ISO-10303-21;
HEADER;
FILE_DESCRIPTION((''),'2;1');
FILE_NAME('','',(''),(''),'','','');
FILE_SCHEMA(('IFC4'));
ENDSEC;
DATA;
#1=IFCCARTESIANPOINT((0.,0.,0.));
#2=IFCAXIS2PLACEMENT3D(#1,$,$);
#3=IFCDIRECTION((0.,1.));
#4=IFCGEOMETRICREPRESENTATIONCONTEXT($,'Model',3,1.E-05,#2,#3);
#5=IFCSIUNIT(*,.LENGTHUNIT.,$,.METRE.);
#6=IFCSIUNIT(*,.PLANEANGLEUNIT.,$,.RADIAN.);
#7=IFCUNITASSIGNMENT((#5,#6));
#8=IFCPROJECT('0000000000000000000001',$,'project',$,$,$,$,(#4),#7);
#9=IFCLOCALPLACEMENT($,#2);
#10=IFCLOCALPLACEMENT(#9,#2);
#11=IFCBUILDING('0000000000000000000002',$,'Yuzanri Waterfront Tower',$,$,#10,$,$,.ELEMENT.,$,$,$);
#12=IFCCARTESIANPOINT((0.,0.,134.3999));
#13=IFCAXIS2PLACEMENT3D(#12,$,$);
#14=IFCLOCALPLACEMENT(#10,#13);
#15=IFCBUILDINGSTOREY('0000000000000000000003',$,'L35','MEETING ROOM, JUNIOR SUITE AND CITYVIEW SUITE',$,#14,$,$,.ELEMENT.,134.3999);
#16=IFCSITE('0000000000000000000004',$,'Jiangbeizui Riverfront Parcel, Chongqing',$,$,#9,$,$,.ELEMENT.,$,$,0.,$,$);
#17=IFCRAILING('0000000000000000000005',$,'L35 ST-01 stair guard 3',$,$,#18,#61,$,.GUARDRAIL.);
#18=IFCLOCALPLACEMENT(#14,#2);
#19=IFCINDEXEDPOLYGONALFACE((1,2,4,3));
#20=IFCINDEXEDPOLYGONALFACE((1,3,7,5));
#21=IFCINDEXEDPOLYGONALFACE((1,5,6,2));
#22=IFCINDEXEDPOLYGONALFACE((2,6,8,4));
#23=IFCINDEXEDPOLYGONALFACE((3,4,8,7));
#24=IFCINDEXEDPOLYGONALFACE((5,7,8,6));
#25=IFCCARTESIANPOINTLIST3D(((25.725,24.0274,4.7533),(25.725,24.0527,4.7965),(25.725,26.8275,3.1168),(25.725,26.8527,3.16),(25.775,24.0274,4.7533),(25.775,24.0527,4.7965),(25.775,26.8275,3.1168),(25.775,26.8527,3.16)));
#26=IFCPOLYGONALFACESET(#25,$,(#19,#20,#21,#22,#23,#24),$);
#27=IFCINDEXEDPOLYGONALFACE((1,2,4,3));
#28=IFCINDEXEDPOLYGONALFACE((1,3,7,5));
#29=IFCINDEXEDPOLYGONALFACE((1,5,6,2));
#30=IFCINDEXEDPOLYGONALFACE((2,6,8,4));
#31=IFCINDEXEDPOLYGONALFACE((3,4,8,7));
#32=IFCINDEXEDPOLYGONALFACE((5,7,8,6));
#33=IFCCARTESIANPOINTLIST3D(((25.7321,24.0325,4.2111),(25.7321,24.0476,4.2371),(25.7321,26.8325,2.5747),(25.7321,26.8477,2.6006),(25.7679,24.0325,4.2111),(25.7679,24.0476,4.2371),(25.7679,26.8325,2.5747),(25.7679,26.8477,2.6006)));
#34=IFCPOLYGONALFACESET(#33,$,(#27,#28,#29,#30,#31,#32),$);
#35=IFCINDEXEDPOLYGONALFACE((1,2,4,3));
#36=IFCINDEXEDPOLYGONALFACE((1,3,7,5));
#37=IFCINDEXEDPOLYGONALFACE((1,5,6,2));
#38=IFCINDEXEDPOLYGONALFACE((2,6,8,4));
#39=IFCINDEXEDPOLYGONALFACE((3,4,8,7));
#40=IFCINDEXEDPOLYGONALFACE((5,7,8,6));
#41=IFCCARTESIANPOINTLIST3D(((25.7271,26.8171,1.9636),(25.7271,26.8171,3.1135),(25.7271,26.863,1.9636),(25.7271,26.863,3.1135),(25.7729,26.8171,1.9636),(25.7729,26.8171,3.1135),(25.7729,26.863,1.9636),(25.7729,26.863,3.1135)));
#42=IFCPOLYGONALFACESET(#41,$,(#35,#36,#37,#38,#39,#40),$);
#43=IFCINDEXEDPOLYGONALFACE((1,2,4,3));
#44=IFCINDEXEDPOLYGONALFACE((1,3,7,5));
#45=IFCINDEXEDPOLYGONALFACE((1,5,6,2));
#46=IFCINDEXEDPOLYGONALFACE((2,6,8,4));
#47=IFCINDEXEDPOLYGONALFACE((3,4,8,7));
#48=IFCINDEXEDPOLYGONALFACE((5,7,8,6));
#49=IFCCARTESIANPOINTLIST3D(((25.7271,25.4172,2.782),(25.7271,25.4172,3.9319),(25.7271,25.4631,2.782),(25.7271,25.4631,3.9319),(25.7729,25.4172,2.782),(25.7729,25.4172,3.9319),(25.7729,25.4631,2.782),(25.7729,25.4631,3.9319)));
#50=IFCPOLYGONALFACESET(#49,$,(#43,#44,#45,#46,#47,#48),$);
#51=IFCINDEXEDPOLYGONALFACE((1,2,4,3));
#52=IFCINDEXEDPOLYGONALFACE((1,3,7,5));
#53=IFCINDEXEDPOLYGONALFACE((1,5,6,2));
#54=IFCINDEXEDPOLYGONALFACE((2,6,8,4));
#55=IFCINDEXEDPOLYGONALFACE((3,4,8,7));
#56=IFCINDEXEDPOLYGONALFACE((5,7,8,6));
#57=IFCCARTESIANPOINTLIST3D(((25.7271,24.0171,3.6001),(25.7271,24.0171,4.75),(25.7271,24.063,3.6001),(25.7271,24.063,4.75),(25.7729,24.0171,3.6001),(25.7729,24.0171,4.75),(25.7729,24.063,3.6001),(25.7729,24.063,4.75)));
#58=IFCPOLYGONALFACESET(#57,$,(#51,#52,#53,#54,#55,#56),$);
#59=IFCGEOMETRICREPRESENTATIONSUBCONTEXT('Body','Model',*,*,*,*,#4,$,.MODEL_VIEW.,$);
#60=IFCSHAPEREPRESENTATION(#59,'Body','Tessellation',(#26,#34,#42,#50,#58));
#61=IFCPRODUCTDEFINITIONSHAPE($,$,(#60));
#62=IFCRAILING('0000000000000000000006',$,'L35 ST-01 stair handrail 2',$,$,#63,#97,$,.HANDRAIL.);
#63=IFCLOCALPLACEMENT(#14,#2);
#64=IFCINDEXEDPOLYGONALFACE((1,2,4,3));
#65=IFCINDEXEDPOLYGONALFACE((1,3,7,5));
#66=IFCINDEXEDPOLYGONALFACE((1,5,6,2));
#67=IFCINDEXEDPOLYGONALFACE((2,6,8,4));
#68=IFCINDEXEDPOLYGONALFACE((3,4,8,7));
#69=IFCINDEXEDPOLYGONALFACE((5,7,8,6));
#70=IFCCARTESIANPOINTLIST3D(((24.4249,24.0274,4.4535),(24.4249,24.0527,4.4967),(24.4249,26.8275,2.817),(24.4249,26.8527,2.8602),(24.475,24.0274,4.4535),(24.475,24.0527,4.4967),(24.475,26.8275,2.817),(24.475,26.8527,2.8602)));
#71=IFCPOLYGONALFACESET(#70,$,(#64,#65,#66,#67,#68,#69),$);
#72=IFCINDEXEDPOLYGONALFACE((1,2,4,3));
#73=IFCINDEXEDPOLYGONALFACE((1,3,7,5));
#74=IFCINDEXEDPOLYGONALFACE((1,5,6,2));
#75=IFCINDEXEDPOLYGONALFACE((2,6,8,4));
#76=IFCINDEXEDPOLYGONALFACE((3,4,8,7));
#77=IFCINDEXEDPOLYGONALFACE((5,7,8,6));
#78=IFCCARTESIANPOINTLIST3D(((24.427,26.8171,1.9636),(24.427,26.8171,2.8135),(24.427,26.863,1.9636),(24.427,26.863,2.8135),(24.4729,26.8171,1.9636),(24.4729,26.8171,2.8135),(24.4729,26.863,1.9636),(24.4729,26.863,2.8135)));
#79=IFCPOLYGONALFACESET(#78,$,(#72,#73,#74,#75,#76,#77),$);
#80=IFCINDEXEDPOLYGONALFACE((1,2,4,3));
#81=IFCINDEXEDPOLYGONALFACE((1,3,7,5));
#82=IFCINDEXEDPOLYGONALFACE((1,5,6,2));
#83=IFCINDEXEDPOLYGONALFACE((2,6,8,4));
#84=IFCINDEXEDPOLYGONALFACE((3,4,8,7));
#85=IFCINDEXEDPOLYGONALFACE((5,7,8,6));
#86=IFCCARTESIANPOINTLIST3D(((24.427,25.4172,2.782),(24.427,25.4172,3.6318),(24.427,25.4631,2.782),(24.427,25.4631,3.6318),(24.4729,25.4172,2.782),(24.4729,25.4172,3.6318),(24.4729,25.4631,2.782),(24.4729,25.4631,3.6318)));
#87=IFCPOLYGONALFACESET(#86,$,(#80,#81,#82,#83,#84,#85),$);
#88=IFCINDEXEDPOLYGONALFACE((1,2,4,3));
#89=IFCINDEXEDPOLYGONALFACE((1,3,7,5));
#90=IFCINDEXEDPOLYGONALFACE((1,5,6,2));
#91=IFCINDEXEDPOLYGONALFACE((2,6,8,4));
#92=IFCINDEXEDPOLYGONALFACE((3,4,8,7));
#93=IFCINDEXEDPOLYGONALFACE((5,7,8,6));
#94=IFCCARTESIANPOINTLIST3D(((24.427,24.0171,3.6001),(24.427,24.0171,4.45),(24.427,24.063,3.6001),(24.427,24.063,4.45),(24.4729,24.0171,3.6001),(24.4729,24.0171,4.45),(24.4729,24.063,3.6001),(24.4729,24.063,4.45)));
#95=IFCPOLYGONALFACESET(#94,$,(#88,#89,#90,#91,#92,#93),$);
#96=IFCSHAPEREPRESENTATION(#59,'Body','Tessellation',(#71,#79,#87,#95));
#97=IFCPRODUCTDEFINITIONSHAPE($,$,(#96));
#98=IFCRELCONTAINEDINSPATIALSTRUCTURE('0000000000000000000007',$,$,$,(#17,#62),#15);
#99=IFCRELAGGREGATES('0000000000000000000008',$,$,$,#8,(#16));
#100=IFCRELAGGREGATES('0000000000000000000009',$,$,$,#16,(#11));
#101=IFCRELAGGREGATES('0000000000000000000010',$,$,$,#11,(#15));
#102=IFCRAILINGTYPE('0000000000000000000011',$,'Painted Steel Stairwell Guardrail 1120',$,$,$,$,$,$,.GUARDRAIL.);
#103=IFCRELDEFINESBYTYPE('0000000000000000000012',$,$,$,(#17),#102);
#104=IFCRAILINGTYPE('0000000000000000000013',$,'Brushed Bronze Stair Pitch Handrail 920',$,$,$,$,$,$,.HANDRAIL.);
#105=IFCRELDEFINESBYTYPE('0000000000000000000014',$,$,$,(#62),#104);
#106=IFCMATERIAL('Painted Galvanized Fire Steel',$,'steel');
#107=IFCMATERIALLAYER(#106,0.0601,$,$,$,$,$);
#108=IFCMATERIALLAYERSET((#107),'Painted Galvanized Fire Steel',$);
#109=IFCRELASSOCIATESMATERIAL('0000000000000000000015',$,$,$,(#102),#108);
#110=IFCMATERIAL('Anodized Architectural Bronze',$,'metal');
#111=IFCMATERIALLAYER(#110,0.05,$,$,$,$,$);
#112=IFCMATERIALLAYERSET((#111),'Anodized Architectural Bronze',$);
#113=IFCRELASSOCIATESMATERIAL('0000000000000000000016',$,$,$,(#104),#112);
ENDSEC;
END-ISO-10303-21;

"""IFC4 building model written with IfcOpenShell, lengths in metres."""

from ifc_helpers import new_model, si_unit, direction, frame, origin, origin_2d, place, context, subcontext, project, spatial, rectangle, extrude, source, transform, mapped, material, layer, layer_set, type_object, element, save


model = new_model("IFC4")

# Units and contexts
model_context = context("Model", 3, precision=1e-05, world=origin(), true_north=direction((0.0, 1.0)))
body_context = subcontext(model_context, "Body", "Model", "MODEL_VIEW")
ifc_project = project(units=[si_unit("LENGTHUNIT", "METRE"), si_unit("PLANEANGLEUNIT", "RADIAN")], contexts=[model_context])

# Site, building, storey
site_placement = place(None, origin())
site = spatial("IfcSite", under=ifc_project, at=site_placement, Name="Jiangbeizui Riverfront Parcel, Chongqing", CompositionType="ELEMENT", RefElevation=0.0)
building_placement = place(site_placement, origin())
building = spatial("IfcBuilding", under=site, at=building_placement, Name="Yuzanri Waterfront Tower", CompositionType="ELEMENT")
storey_placement = place(building_placement, frame((0.0, 0.0, 134.3999)))
storey = spatial("IfcBuildingStorey", under=building, at=storey_placement, Name="L35", Description="MEETING ROOM, JUNIOR SUITE AND CITYVIEW SUITE", CompositionType="ELEMENT", Elevation=134.3999)

# Railings
ifc_material_1 = material(Name="Painted Galvanized Fire Steel", Category="steel")
ifc_layer_1 = layer(ifc_material_1, 0.0601)
ifc_layer_set_1 = layer_set([ifc_layer_1], Name="Painted Galvanized Fire Steel")
railing_type_1 = type_object("IfcRailingType", Name="Painted Steel Stairwell Guardrail 1120", PredefinedType="GUARDRAIL", material=ifc_layer_set_1)
shared_shape_1 = source(origin(), body_context, "Body", "SweptSolid", [
    extrude(rectangle(XDim=0.05, YDim=0.05, at=origin_2d()), frame((0.0, 0.0, 1.1748), z_axis=(0.0, -0.863361, 0.504587), x_axis=(1.0, 0.0, 0.0)), (0.0, 0.0, 1.0), 3.2432),
    extrude(rectangle(XDim=0.0359, YDim=0.03, at=origin_2d()), frame((0.0, 0.0, 0.624), z_axis=(0.0, -0.863361, 0.504587), x_axis=(1.0, 0.0, 0.0)), (0.0, 0.0, 1.0), 3.2432),
    extrude(rectangle(XDim=0.0459, YDim=0.0459, at=origin_2d()), origin(), (0.0, 0.0, 1.0), 1.1499),
    extrude(rectangle(XDim=0.0459, YDim=0.0459, at=origin_2d()), frame((0.0, -1.3999, 0.8184)), (0.0, 0.0, 1.0), 1.1499),
    extrude(rectangle(XDim=0.0459, YDim=0.0459, at=origin_2d()), frame((0.0, -2.8, 1.6365)), (0.0, 0.0, 1.0), 1.1499),
])
railing_1_placement = place(storey_placement, frame((25.75, 26.8401, 1.9636)))
element("IfcRailing", 1, at=railing_1_placement, inside=storey, type_object=railing_type_1, Name="L35 ST-01 stair guard 3", PredefinedType="GUARDRAIL", context=body_context, shape_type="MappedRepresentation", body=[
    mapped(shared_shape_1, transform((0.0, 0.0, 0.0), scale=1.0)),
])
ifc_material_2 = material(Name="Anodized Architectural Bronze", Category="metal")
ifc_layer_2 = layer(ifc_material_2, 0.05)
ifc_layer_set_2 = layer_set([ifc_layer_2], Name="Anodized Architectural Bronze")
railing_type_2 = type_object("IfcRailingType", Name="Brushed Bronze Stair Pitch Handrail 920", PredefinedType="HANDRAIL", material=ifc_layer_set_2)
shared_shape_2 = source(origin(), body_context, "Body", "SweptSolid", [
    extrude(rectangle(XDim=0.05, YDim=0.05, at=origin_2d()), frame((0.0, 0.0, 0.875), z_axis=(0.0, -0.863361, 0.504587), x_axis=(1.0, 0.0, 0.0)), (0.0, 0.0, 1.0), 3.2432),
    extrude(rectangle(XDim=0.0459, YDim=0.0459, at=origin_2d()), origin(), (0.0, 0.0, 1.0), 0.8499),
    extrude(rectangle(XDim=0.0459, YDim=0.0459, at=origin_2d()), frame((0.0, -1.3999, 0.8184)), (0.0, 0.0, 1.0), 0.8499),
    extrude(rectangle(XDim=0.0459, YDim=0.0459, at=origin_2d()), frame((0.0, -2.8, 1.6365)), (0.0, 0.0, 1.0), 0.8499),
])
railing_2_placement = place(storey_placement, frame((24.45, 26.8401, 1.9636)))
element("IfcRailing", 2, at=railing_2_placement, inside=storey, type_object=railing_type_2, Name="L35 ST-01 stair handrail 2", PredefinedType="HANDRAIL", context=body_context, shape_type="MappedRepresentation", body=[
    mapped(shared_shape_2, transform((0.0, 0.0, 0.0), scale=1.0)),
])

save(model, "model.ifc")
